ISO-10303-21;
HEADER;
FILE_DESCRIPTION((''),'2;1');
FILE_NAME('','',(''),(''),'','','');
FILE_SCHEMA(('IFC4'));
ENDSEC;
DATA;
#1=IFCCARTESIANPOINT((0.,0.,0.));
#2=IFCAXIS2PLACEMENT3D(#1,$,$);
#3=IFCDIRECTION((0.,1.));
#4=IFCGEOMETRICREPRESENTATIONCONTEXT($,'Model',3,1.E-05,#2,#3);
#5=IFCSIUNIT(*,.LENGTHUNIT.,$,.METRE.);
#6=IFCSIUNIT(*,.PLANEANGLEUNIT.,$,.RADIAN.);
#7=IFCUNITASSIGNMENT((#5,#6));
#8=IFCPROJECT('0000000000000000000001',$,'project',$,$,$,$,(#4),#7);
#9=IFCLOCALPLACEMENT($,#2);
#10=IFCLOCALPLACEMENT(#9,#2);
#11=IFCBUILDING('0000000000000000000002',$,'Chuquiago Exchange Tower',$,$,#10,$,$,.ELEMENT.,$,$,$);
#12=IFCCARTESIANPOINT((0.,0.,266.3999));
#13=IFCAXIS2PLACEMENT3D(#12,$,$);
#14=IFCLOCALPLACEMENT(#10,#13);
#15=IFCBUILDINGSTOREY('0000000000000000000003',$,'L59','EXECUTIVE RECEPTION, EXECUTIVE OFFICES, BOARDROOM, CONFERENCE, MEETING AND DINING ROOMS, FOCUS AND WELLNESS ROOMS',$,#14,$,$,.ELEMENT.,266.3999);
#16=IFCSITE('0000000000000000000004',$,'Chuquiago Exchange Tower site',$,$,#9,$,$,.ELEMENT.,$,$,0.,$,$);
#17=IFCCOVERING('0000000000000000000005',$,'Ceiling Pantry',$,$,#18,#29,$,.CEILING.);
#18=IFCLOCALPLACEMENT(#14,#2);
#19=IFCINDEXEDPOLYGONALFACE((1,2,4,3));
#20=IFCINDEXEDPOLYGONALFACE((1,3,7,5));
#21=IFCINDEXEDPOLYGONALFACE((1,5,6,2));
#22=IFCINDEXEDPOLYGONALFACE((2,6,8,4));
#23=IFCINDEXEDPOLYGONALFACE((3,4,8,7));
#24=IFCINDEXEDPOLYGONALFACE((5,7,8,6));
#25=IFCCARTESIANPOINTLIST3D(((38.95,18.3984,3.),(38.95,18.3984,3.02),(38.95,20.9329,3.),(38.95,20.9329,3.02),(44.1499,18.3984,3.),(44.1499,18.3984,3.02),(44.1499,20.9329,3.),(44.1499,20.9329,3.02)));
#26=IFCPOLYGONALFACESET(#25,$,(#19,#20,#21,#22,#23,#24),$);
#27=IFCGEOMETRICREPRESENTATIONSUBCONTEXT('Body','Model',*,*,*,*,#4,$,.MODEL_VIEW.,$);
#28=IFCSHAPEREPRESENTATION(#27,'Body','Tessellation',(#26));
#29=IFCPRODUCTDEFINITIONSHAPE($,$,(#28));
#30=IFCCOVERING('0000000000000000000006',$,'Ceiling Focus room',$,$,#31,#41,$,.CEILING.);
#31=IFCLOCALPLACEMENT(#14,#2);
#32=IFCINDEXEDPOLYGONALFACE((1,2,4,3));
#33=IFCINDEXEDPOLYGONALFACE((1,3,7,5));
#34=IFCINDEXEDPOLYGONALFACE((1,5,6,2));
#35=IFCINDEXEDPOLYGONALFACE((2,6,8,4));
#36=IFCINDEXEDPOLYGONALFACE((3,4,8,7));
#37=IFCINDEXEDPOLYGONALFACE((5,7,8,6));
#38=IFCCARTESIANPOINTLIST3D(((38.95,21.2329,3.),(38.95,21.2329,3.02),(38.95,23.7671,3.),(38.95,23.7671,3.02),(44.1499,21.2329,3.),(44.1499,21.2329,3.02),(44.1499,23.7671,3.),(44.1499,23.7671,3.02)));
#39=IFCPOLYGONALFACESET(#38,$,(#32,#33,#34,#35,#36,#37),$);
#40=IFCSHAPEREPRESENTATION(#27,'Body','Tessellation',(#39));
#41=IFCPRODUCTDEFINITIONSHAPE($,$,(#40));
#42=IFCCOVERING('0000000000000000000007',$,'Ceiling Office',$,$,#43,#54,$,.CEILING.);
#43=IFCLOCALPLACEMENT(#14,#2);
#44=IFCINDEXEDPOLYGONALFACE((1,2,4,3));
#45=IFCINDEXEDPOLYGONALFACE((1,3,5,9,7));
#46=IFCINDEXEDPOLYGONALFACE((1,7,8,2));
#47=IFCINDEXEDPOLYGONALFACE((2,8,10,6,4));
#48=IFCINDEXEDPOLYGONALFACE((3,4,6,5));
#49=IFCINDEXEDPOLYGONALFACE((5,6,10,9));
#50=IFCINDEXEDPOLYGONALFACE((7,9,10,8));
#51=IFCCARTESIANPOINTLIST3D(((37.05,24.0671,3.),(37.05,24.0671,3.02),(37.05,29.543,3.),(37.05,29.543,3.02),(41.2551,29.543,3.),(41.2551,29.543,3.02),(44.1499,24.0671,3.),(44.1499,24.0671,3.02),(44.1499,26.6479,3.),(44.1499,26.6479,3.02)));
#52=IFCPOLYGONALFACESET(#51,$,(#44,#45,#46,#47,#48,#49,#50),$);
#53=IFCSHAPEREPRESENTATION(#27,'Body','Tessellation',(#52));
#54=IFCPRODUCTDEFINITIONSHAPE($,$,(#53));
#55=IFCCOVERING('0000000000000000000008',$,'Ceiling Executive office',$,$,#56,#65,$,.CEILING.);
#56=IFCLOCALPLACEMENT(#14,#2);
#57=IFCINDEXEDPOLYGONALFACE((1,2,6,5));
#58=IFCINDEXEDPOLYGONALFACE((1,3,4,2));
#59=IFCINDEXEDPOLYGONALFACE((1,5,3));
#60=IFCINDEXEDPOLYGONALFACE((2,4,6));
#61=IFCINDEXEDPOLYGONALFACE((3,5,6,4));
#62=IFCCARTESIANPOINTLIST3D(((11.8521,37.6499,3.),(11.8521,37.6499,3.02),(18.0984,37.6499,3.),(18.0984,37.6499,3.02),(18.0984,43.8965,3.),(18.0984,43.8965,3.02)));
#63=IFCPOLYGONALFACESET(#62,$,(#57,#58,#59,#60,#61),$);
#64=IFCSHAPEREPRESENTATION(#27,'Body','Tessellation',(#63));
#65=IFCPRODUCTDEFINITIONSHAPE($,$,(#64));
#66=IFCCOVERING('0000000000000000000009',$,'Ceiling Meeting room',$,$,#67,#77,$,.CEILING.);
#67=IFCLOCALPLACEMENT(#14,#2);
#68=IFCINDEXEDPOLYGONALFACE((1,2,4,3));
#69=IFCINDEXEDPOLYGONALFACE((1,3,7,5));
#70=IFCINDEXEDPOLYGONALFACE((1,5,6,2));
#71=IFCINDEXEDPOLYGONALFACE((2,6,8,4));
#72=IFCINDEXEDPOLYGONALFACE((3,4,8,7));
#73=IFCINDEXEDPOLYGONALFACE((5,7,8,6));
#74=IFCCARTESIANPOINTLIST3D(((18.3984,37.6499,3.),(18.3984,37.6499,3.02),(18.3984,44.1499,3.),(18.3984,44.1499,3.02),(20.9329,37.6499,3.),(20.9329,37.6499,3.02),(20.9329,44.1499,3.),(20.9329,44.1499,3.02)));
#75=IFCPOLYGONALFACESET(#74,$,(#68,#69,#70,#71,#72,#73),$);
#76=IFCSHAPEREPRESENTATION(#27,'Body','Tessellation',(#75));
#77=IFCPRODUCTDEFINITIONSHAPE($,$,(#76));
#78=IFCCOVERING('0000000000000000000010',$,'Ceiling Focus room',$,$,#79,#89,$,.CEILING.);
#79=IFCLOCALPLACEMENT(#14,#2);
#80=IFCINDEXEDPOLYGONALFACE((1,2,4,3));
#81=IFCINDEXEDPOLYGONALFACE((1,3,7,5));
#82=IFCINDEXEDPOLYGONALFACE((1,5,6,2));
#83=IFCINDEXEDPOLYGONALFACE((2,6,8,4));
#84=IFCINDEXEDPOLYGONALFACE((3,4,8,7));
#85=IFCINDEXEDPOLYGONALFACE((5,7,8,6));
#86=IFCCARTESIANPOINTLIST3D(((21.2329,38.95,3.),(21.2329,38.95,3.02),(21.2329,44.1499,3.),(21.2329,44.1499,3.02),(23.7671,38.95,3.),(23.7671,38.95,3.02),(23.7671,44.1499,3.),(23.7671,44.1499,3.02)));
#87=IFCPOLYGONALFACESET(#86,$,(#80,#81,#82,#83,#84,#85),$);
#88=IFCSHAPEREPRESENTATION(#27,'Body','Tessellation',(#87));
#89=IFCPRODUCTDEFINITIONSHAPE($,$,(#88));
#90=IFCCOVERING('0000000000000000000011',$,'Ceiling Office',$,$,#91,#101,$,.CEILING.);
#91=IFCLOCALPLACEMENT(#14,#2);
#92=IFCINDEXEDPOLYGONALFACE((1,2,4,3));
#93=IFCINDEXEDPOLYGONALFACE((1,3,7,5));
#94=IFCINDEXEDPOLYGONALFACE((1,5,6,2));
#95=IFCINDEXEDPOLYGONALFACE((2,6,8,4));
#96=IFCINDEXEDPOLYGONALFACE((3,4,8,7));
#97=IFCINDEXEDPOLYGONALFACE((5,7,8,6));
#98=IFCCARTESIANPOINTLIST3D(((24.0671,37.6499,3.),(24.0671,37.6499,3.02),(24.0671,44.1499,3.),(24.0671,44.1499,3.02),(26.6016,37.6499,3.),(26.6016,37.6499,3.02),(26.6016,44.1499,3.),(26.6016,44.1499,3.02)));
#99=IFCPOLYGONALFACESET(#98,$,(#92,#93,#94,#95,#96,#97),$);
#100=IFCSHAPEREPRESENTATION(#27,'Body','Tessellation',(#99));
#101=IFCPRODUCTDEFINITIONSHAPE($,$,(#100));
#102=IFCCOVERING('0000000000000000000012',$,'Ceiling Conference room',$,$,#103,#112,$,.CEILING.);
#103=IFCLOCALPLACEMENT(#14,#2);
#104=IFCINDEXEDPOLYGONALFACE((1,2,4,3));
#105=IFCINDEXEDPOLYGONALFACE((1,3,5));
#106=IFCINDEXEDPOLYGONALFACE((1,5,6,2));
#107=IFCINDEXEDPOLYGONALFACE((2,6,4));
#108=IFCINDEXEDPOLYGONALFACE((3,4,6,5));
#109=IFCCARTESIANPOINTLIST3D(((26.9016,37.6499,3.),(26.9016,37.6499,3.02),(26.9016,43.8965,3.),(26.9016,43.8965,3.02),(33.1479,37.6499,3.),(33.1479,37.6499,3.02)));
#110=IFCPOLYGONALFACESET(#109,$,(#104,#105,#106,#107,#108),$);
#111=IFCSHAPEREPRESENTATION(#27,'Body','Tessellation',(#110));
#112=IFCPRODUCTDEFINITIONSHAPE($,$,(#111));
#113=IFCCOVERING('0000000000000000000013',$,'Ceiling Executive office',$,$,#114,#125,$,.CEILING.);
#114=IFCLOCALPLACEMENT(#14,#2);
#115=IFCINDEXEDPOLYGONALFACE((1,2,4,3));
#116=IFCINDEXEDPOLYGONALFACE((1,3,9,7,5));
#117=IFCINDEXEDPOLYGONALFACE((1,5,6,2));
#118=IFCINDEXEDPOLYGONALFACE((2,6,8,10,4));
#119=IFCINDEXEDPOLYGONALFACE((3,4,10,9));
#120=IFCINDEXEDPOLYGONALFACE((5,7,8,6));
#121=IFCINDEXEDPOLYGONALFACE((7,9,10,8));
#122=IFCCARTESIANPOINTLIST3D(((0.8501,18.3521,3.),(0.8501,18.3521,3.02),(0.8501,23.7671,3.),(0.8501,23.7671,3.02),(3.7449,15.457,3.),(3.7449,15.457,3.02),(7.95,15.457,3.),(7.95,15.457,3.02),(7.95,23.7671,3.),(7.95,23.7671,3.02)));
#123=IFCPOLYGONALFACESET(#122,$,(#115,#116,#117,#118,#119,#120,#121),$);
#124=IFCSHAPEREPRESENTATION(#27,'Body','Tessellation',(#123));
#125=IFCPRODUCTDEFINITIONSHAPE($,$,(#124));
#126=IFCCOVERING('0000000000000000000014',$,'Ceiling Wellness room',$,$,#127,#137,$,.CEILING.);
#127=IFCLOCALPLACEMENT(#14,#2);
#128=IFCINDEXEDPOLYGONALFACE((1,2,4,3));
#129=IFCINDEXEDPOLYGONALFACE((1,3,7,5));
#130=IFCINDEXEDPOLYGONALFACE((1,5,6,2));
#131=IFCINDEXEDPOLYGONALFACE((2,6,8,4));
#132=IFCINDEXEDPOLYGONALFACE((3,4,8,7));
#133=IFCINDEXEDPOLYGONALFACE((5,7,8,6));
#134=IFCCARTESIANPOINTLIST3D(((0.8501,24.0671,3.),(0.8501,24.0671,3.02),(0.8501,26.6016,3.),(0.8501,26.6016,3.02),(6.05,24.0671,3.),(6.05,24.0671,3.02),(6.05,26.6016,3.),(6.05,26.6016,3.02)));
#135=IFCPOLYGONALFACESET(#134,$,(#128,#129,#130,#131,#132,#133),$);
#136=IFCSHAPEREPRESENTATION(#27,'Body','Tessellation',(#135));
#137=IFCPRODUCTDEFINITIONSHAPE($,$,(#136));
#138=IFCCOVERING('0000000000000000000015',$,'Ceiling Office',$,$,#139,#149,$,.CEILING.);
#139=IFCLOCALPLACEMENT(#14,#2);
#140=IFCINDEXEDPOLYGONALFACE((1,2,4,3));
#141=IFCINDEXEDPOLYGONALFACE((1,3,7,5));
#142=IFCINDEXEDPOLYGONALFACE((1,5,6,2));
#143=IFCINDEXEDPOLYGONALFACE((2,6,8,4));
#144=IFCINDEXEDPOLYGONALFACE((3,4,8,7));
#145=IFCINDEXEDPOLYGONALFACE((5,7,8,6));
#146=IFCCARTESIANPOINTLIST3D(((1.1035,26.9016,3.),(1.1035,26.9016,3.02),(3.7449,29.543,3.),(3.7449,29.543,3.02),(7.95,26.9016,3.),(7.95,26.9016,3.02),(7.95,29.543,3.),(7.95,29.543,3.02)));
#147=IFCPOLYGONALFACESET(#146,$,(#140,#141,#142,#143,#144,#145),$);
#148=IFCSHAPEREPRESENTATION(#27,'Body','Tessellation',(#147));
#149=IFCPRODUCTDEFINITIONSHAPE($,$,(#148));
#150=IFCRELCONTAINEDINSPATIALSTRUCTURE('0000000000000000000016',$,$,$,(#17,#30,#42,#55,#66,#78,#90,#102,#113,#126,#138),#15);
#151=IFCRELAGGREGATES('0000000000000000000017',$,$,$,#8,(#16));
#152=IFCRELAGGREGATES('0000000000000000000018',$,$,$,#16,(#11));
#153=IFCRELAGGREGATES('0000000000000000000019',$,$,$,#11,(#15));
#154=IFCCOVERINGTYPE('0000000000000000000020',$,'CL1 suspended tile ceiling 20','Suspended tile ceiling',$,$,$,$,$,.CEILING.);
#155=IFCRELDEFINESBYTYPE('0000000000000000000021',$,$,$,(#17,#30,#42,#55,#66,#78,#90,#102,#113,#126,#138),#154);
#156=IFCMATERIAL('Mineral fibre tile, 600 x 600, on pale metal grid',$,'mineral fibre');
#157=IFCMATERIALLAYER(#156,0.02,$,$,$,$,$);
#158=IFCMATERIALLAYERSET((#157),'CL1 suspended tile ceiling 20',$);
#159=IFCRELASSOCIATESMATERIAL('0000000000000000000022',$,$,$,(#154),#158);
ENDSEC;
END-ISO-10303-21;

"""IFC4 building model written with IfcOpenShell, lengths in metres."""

from ifc_helpers import new_model, si_unit, direction, frame, origin, place, context, subcontext, project, spatial, polyline, outline, extrude, material, layer, layer_set, type_object, element, save


model = new_model("IFC4")

# Units and contexts
model_context = context("Model", 3, precision=1e-05, world=origin(), true_north=direction((0.0, 1.0)))
body_context = subcontext(model_context, "Body", "Model", "MODEL_VIEW")
ifc_project = project(units=[si_unit("LENGTHUNIT", "METRE"), si_unit("PLANEANGLEUNIT", "RADIAN")], contexts=[model_context])

# Site, building, storey
site_placement = place(None, origin())
site = spatial("IfcSite", under=ifc_project, at=site_placement, Name="Chuquiago Exchange Tower site", CompositionType="ELEMENT", RefElevation=0.0)
building_placement = place(site_placement, origin())
building = spatial("IfcBuilding", under=site, at=building_placement, Name="Chuquiago Exchange Tower", CompositionType="ELEMENT")
storey_placement = place(building_placement, frame((0.0, 0.0, 266.3999)))
storey = spatial("IfcBuildingStorey", under=building, at=storey_placement, Name="L59", Description="EXECUTIVE RECEPTION, EXECUTIVE OFFICES, BOARDROOM, CONFERENCE, MEETING AND DINING ROOMS, FOCUS AND WELLNESS ROOMS", CompositionType="ELEMENT", Elevation=266.3999)

# Coverings
ifc_material_1 = material(Name="Mineral fibre tile, 600 x 600, on pale metal grid", Category="mineral fibre")
ifc_layer_1 = layer(ifc_material_1, 0.02)
ifc_layer_set_1 = layer_set([ifc_layer_1], Name="CL1 suspended tile ceiling 20")
covering_type_1 = type_object("IfcCoveringType", Name="CL1 suspended tile ceiling 20", Description="Suspended tile ceiling", PredefinedType="CEILING", material=ifc_layer_set_1)
covering_1_placement = place(storey_placement, frame((0.0, 0.0, 3.0)))
element("IfcCovering", 1, at=covering_1_placement, inside=storey, type_object=covering_type_1, Name="Ceiling Pantry", PredefinedType="CEILING", context=body_context, shape_type="SweptSolid", body=[
    extrude(outline(polyline([(38.95, 18.3984), (38.95, 20.9329), (44.1499, 20.9329), (44.1499, 18.3984), (38.95, 18.3984)])), origin(), (0.0, 0.0, 1.0), 0.02),
])
covering_2_placement = place(storey_placement, frame((0.0, 0.0, 3.0)))
element("IfcCovering", 2, at=covering_2_placement, inside=storey, type_object=covering_type_1, Name="Ceiling Focus room", PredefinedType="CEILING", context=body_context, shape_type="SweptSolid", body=[
    extrude(outline(polyline([(38.95, 21.2329), (38.95, 23.7671), (44.1499, 23.7671), (44.1499, 21.2329), (38.95, 21.2329)])), origin(), (0.0, 0.0, 1.0), 0.02),
])
covering_3_placement = place(storey_placement, frame((0.0, 0.0, 3.0)))
element("IfcCovering", 3, at=covering_3_placement, inside=storey, type_object=covering_type_1, Name="Ceiling Office", PredefinedType="CEILING", context=body_context, shape_type="SweptSolid", body=[
    extrude(outline(polyline([(44.1499, 24.0671), (37.05, 24.0671), (37.05, 29.543), (41.2551, 29.543), (44.1499, 26.6479), (44.1499, 24.0671)])), origin(), (0.0, 0.0, 1.0), 0.02),
])
covering_4_placement = place(storey_placement, frame((0.0, 0.0, 3.0)))
element("IfcCovering", 4, at=covering_4_placement, inside=storey, type_object=covering_type_1, Name="Ceiling Executive office", PredefinedType="CEILING", context=body_context, shape_type="SweptSolid", body=[
    extrude(outline(polyline([(18.0984, 37.6499), (11.8521, 37.6499), (18.0984, 43.8965), (18.0984, 37.6499)])), origin(), (0.0, 0.0, 1.0), 0.02),
])
covering_5_placement = place(storey_placement, frame((0.0, 0.0, 3.0)))
element("IfcCovering", 5, at=covering_5_placement, inside=storey, type_object=covering_type_1, Name="Ceiling Meeting room", PredefinedType="CEILING", context=body_context, shape_type="SweptSolid", body=[
    extrude(outline(polyline([(20.9329, 44.1499), (20.9329, 37.6499), (18.3984, 37.6499), (18.3984, 44.1499), (20.9329, 44.1499)])), origin(), (0.0, 0.0, 1.0), 0.02),
])
covering_6_placement = place(storey_placement, frame((0.0, 0.0, 3.0)))
element("IfcCovering", 6, at=covering_6_placement, inside=storey, type_object=covering_type_1, Name="Ceiling Focus room", PredefinedType="CEILING", context=body_context, shape_type="SweptSolid", body=[
    extrude(outline(polyline([(23.7671, 38.95), (21.2329, 38.95), (21.2329, 44.1499), (23.7671, 44.1499), (23.7671, 38.95)])), origin(), (0.0, 0.0, 1.0), 0.02),
])
covering_7_placement = place(storey_placement, frame((0.0, 0.0, 3.0)))
element("IfcCovering", 7, at=covering_7_placement, inside=storey, type_object=covering_type_1, Name="Ceiling Office", PredefinedType="CEILING", context=body_context, shape_type="SweptSolid", body=[
    extrude(outline(polyline([(26.6016, 37.6499), (24.0671, 37.6499), (24.0671, 44.1499), (26.6016, 44.1499), (26.6016, 37.6499)])), origin(), (0.0, 0.0, 1.0), 0.02),
])
covering_8_placement = place(storey_placement, frame((0.0, 0.0, 3.0)))
element("IfcCovering", 8, at=covering_8_placement, inside=storey, type_object=covering_type_1, Name="Ceiling Conference room", PredefinedType="CEILING", context=body_context, shape_type="SweptSolid", body=[
    extrude(outline(polyline([(26.9016, 37.6499), (26.9016, 43.8965), (33.1479, 37.6499), (26.9016, 37.6499)])), origin(), (0.0, 0.0, 1.0), 0.02),
])
covering_9_placement = place(storey_placement, frame((0.0, 0.0, 3.0)))
element("IfcCovering", 9, at=covering_9_placement, inside=storey, type_object=covering_type_1, Name="Ceiling Executive office", PredefinedType="CEILING", context=body_context, shape_type="SweptSolid", body=[
    extrude(outline(polyline([(7.95, 23.7671), (7.95, 15.457), (3.7449, 15.457), (0.8501, 18.3521), (0.8501, 23.7671), (7.95, 23.7671)])), origin(), (0.0, 0.0, 1.0), 0.02),
])
covering_10_placement = place(storey_placement, frame((0.0, 0.0, 3.0)))
element("IfcCovering", 10, at=covering_10_placement, inside=storey, type_object=covering_type_1, Name="Ceiling Wellness room", PredefinedType="CEILING", context=body_context, shape_type="SweptSolid", body=[
    extrude(outline(polyline([(6.05, 26.6016), (6.05, 24.0671), (0.8501, 24.0671), (0.8501, 26.6016), (6.05, 26.6016)])), origin(), (0.0, 0.0, 1.0), 0.02),
])
covering_11_placement = place(storey_placement, frame((0.0, 0.0, 3.0)))
element("IfcCovering", 11, at=covering_11_placement, inside=storey, type_object=covering_type_1, Name="Ceiling Office", PredefinedType="CEILING", context=body_context, shape_type="SweptSolid", body=[
    extrude(outline(polyline([(7.95, 29.543), (7.95, 26.9016), (1.1035, 26.9016), (3.7449, 29.543), (7.95, 29.543)])), origin(), (0.0, 0.0, 1.0), 0.02),
])

save(model, "model.ifc")
